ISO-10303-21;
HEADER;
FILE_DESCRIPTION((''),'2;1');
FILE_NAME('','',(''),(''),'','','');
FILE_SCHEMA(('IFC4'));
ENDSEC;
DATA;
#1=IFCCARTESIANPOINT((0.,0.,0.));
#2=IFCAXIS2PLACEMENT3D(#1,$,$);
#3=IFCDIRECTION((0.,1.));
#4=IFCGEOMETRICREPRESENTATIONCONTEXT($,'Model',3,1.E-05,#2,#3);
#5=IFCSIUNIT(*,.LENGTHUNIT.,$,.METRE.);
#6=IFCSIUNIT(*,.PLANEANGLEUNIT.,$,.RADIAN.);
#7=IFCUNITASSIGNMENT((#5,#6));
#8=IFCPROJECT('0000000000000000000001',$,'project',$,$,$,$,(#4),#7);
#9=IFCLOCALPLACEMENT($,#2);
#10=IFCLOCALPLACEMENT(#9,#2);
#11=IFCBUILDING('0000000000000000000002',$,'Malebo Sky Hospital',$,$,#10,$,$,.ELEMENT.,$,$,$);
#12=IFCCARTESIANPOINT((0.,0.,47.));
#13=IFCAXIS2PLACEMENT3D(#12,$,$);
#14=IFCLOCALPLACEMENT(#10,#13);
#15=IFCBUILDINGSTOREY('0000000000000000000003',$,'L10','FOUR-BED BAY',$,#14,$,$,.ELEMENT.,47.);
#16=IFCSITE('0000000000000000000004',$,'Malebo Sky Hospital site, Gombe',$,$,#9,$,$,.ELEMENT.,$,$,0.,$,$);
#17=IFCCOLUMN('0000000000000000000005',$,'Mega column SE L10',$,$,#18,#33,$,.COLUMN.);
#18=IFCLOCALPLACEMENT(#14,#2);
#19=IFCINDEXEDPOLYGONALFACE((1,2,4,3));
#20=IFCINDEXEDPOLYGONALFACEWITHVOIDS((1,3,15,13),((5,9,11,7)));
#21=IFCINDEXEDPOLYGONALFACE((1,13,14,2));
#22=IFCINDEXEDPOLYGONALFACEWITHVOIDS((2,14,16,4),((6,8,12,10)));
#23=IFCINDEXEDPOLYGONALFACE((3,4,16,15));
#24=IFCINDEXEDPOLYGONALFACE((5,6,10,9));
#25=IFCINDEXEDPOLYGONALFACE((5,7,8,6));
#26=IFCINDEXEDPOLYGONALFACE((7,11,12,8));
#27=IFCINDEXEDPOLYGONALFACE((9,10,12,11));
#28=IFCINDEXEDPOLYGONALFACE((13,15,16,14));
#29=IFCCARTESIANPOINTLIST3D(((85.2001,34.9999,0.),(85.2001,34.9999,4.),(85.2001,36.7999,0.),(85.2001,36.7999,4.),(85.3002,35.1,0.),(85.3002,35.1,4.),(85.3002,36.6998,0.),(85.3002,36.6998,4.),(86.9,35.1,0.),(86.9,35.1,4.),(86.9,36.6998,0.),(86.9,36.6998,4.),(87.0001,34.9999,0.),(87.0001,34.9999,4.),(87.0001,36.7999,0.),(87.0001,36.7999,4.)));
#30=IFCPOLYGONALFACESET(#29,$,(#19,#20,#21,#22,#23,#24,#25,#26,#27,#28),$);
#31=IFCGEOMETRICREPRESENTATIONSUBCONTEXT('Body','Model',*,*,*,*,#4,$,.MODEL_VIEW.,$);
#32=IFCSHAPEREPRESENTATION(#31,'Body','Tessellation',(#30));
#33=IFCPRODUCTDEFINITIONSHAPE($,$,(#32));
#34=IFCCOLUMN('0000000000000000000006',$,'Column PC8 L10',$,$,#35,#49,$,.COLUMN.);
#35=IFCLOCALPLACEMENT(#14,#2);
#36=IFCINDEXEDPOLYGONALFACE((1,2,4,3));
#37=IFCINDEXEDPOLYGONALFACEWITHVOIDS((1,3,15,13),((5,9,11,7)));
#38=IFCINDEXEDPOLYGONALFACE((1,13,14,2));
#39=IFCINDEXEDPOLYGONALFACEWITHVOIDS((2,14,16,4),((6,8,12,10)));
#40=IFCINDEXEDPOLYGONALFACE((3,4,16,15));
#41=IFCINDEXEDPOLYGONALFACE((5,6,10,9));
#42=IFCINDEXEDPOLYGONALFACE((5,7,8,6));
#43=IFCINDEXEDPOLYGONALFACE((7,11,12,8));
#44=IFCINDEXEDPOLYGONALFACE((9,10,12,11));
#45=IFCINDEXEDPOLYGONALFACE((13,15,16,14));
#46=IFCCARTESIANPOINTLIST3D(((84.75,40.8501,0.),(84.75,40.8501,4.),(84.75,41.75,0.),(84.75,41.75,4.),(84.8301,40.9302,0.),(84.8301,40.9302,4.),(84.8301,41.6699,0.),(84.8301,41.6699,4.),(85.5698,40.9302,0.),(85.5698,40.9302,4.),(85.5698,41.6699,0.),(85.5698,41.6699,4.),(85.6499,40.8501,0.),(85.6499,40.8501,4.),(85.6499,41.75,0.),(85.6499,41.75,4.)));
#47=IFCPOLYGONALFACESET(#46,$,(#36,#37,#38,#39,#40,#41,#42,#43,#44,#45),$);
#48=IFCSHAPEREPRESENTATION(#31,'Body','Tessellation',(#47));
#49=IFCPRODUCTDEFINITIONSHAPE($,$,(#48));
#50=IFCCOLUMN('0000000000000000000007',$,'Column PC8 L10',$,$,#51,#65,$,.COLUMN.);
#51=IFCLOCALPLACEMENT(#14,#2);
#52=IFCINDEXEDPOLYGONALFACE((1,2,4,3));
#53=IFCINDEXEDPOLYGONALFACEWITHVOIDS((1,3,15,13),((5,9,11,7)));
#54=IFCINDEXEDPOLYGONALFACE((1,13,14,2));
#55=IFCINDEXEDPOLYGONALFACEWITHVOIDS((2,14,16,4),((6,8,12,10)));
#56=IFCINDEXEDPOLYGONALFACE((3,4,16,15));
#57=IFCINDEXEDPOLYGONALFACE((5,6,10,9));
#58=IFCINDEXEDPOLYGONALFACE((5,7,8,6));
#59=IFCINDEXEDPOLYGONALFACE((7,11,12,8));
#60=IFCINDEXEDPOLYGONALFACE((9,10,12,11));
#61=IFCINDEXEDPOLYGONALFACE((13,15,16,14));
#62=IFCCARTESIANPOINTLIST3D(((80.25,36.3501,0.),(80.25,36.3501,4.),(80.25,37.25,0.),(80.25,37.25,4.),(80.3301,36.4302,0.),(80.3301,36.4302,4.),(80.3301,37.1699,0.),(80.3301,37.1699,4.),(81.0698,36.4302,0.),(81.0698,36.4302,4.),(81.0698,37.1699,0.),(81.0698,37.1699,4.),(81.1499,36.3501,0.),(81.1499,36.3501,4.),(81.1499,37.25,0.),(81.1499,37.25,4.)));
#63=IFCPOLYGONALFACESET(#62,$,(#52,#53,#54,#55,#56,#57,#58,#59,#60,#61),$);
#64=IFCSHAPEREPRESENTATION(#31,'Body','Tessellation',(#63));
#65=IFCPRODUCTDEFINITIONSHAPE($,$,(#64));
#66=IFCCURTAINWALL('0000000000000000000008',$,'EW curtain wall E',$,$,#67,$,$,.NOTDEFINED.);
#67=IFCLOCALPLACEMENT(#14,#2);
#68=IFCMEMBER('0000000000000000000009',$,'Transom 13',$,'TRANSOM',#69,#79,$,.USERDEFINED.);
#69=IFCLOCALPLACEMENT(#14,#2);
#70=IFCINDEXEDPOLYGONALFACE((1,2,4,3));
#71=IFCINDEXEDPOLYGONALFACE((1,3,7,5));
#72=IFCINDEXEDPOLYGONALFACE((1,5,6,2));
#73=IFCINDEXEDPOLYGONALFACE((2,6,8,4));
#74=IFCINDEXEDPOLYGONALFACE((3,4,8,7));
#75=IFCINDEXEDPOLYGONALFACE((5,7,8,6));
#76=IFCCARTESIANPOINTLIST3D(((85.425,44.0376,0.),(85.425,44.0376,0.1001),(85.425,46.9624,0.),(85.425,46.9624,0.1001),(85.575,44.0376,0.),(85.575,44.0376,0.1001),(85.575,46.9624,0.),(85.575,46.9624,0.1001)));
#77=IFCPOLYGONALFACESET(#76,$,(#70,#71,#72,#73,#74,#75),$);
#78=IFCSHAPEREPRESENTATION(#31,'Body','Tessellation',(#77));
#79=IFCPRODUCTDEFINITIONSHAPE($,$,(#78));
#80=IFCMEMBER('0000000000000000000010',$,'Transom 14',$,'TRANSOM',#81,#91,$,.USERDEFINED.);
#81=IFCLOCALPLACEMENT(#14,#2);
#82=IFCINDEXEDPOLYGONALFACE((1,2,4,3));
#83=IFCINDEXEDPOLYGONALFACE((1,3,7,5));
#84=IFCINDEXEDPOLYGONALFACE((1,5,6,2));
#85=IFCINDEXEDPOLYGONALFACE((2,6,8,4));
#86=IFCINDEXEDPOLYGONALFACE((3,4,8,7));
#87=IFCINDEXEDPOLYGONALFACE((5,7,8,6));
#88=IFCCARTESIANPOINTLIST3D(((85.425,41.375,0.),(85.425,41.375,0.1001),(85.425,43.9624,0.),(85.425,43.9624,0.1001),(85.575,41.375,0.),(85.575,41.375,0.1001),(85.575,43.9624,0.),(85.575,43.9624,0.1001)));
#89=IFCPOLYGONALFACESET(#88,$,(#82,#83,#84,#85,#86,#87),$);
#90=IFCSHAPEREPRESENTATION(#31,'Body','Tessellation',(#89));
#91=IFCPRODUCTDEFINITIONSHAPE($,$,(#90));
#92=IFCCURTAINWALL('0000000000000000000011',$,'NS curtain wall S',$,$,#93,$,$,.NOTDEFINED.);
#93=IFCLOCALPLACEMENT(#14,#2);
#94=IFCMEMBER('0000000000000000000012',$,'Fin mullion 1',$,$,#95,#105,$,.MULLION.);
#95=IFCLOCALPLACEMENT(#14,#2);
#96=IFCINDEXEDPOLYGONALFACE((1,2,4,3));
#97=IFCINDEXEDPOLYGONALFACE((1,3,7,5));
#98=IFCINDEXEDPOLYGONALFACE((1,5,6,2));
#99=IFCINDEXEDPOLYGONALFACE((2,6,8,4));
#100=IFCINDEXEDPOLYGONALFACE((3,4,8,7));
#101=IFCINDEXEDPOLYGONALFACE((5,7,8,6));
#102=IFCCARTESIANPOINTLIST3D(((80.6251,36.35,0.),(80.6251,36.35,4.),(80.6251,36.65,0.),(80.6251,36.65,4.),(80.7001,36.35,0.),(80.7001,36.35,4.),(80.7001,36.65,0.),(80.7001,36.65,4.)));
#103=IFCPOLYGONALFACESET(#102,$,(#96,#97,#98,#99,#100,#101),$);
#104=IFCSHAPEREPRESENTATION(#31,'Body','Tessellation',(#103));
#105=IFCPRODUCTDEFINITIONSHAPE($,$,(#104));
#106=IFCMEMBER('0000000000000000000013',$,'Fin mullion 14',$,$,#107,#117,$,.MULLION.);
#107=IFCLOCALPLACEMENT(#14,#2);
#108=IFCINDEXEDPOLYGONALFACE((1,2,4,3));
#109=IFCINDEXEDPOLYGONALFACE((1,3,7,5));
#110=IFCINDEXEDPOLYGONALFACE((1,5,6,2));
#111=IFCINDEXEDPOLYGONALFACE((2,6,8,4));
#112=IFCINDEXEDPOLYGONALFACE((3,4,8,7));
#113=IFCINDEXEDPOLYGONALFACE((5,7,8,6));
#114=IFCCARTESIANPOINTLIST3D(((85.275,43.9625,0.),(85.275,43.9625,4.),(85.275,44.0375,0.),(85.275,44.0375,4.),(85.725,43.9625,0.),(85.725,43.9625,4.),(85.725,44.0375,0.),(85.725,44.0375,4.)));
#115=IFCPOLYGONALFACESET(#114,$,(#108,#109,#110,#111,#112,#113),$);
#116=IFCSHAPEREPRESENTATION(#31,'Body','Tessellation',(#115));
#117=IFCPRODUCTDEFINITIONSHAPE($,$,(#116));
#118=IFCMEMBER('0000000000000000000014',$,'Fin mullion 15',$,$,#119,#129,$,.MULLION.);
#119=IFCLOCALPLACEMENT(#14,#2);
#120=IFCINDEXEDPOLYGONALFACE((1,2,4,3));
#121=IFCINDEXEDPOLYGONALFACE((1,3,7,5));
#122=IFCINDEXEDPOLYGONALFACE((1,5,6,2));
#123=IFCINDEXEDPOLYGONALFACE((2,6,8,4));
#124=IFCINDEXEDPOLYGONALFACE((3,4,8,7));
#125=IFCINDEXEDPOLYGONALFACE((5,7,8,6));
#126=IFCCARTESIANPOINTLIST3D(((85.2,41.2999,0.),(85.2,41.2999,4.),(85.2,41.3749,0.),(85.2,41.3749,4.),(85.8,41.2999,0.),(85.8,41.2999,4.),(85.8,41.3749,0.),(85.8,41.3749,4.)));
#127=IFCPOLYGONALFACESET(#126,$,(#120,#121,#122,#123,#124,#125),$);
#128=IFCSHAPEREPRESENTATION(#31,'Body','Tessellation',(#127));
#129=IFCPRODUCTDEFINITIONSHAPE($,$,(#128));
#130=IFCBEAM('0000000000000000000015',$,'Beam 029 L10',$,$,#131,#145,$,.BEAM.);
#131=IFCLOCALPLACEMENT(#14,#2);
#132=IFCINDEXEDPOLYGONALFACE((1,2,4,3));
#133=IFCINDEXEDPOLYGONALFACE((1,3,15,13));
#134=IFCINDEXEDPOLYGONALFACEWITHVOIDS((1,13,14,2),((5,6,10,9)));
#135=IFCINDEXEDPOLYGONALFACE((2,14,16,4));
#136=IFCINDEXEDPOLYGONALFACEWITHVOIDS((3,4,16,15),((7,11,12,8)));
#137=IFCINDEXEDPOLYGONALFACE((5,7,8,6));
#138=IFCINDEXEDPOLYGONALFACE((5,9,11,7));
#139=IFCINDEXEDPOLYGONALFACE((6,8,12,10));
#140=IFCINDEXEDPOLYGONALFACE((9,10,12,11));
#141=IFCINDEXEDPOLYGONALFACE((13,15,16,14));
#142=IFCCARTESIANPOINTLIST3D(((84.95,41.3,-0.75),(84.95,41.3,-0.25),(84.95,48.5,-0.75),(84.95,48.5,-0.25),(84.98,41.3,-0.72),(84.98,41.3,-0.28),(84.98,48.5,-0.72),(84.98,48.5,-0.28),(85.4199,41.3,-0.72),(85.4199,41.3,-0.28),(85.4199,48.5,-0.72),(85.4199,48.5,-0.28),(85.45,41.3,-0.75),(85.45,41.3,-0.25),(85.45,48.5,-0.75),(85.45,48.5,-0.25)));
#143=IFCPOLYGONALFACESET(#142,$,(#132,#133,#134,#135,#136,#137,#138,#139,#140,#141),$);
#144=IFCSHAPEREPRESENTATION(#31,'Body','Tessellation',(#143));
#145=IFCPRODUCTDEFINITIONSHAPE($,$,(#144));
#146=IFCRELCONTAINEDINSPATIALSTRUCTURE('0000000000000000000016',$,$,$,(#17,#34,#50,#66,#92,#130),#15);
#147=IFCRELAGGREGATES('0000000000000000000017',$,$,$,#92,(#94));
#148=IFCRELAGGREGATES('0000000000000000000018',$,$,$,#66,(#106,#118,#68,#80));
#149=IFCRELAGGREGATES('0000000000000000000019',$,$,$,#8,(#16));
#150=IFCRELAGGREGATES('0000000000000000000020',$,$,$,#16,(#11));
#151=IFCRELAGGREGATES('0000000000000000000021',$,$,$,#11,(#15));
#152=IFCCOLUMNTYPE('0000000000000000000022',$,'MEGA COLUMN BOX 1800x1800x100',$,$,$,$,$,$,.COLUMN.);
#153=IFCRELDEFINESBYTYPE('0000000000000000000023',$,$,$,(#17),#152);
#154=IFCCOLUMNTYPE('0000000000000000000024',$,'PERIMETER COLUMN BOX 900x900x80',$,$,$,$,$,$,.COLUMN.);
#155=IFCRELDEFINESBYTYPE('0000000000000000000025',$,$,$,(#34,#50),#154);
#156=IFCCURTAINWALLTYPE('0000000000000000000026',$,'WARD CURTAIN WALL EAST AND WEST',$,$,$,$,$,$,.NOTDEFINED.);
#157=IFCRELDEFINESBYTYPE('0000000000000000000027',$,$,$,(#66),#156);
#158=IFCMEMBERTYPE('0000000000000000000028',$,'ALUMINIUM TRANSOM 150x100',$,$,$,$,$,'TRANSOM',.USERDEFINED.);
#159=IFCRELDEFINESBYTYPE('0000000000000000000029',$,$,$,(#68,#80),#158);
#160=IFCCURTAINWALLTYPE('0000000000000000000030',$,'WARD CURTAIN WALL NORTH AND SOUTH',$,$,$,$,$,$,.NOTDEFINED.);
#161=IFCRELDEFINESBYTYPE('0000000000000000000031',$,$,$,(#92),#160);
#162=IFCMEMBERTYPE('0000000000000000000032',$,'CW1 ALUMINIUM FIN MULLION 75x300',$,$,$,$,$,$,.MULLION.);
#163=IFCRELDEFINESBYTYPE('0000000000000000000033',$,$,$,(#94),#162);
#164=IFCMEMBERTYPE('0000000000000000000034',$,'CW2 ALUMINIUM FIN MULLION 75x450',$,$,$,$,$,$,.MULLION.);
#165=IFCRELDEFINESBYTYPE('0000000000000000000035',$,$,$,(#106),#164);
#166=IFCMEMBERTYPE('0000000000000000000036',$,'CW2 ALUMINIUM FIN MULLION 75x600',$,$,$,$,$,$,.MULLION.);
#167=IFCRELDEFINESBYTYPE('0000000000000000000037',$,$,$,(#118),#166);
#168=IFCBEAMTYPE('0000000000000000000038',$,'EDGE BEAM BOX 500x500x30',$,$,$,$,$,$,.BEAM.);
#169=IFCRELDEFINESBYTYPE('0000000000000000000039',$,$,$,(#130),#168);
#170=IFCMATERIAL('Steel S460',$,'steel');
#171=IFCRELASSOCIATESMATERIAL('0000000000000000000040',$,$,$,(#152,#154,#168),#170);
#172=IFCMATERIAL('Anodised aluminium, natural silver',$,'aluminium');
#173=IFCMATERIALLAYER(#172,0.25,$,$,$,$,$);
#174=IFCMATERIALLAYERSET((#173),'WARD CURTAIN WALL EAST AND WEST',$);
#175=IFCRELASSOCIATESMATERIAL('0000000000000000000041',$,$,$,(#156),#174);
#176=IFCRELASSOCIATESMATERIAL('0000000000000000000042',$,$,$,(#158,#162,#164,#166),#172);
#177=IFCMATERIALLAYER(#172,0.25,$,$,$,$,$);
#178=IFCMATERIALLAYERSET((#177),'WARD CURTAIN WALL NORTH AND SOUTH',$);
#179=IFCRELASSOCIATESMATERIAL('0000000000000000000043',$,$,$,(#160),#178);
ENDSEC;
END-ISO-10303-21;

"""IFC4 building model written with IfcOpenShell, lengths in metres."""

from ifc_helpers import new_model, si_unit, direction, frame, origin, origin_2d, place, context, subcontext, project, spatial, rectangle, hollow_rectangle, extrude, material, layer, layer_set, material_profile, profile_set, type_object, element, aggregate, save


model = new_model("IFC4")

# Units and contexts
model_context = context("Model", 3, precision=1e-05, world=origin(), true_north=direction((0.0, 1.0)))
body_context = subcontext(model_context, "Body", "Model", "MODEL_VIEW")
ifc_project = project(units=[si_unit("LENGTHUNIT", "METRE"), si_unit("PLANEANGLEUNIT", "RADIAN")], contexts=[model_context])

# Site, building, storey
site_placement = place(None, origin())
site = spatial("IfcSite", under=ifc_project, at=site_placement, Name="Malebo Sky Hospital site, Gombe", CompositionType="ELEMENT", RefElevation=0.0)
building_placement = place(site_placement, origin())
building = spatial("IfcBuilding", under=site, at=building_placement, Name="Malebo Sky Hospital", CompositionType="ELEMENT")
storey_placement = place(building_placement, frame((0.0, 0.0, 47.0)))
storey = spatial("IfcBuildingStorey", under=building, at=storey_placement, Name="L10", Description="FOUR-BED BAY", CompositionType="ELEMENT", Elevation=47.0)

# Columns
ifc_material_1 = material(Name="Steel S460", Category="steel")
ifc_material_profile_1 = material_profile(ifc_material_1, hollow_rectangle(XDim=1.8, YDim=1.8, WallThickness=0.1001, at=origin_2d()), Name="BOX 1800x1800x100")
ifc_profile_set_1 = profile_set([ifc_material_profile_1], Name="Steel S460")
column_type_1 = type_object("IfcColumnType", Name="MEGA COLUMN BOX 1800x1800x100", PredefinedType="COLUMN", material=ifc_profile_set_1)
column_placement = place(storey_placement, frame((86.1001, 35.8999, 0.0), z_axis=(0.0, 0.0, 1.0), x_axis=(1.0, 0.0, 0.0)))
element("IfcColumn", 1, at=column_placement, inside=storey, type_object=column_type_1, Name="Mega column SE L10", PredefinedType="COLUMN", context=body_context, shape_type="SweptSolid", body=[
    extrude(hollow_rectangle(XDim=1.8, YDim=1.8, WallThickness=0.1001, at=origin_2d()), origin(), (0.0, 0.0, 1.0), 4.0),
])
ifc_material_profile_2 = material_profile(ifc_material_1, hollow_rectangle(XDim=0.8999, YDim=0.8999, WallThickness=0.0801, at=origin_2d()), Name="BOX 900x900x80")
ifc_profile_set_2 = profile_set([ifc_material_profile_2], Name="Steel S460")
column_type_2 = type_object("IfcColumnType", Name="PERIMETER COLUMN BOX 900x900x80", PredefinedType="COLUMN", material=ifc_profile_set_2)
for number, where, z_axis, x_axis, name in (
    (2, (85.2, 41.3, 0.0), (0.0, 0.0, 1.0), (1.0, 0.0, 0.0), "Column PC8 L10"),
    (3, (80.7, 36.8, 0.0), (0.0, 0.0, 1.0), (1.0, 0.0, 0.0), "Column PC8 L10"),
):
    element("IfcColumn", number, at=place(storey_placement, frame(where, z_axis=z_axis, x_axis=x_axis)), inside=storey, type_object=column_type_2, Name=name, PredefinedType="COLUMN", context=body_context, shape_type="SweptSolid", body=[
        extrude(hollow_rectangle(XDim=0.8999, YDim=0.8999, WallThickness=0.0801, at=origin_2d()), origin(), (0.0, 0.0, 1.0), 4.0),
    ])

# Curtain wall, members
ifc_material_2 = material(Name="Anodised aluminium, natural silver", Category="aluminium")
ifc_layer_1 = layer(ifc_material_2, 0.25)
ifc_layer_set_1 = layer_set([ifc_layer_1], Name="WARD CURTAIN WALL EAST AND WEST")
curtain_wall_type_1 = type_object("IfcCurtainWallType", Name="WARD CURTAIN WALL EAST AND WEST", PredefinedType="NOTDEFINED", material=ifc_layer_set_1)
curtain_wall_1_placement = place(storey_placement, origin())
curtain_wall_1 = element("IfcCurtainWall", 4, at=curtain_wall_1_placement, inside=storey, type_object=curtain_wall_type_1, Name="EW curtain wall E", PredefinedType="NOTDEFINED")
ifc_material_profile_3 = material_profile(ifc_material_2, rectangle(XDim=0.1499, YDim=0.1001, at=origin_2d()), Name="ALUMINIUM TRANSOM 150x100")
ifc_profile_set_3 = profile_set([ifc_material_profile_3], Name="Anodised aluminium, natural silver")
member_type_1 = type_object("IfcMemberType", Name="ALUMINIUM TRANSOM 150x100", ElementType="TRANSOM", PredefinedType="USERDEFINED", material=ifc_profile_set_3)
member_1_placement = place(storey_placement, frame((85.5, 46.9624, 0.05), z_axis=(0.0, -1.0, 0.0), x_axis=(1.0, 0.0, 0.0)))
member_1 = element("IfcMember", 5, at=member_1_placement, type_object=member_type_1, Name="Transom 13", ObjectType="TRANSOM", PredefinedType="USERDEFINED", context=body_context, shape_type="SweptSolid", body=[
    extrude(rectangle(XDim=0.1499, YDim=0.1001, at=origin_2d()), origin(), (0.0, 0.0, 1.0), 2.9248),
])
member_2_placement = place(storey_placement, frame((85.5, 43.9624, 0.05), z_axis=(0.0, -1.0, 0.0), x_axis=(1.0, 0.0, 0.0)))
member_2 = element("IfcMember", 6, at=member_2_placement, type_object=member_type_1, Name="Transom 14", ObjectType="TRANSOM", PredefinedType="USERDEFINED", context=body_context, shape_type="SweptSolid", body=[
    extrude(rectangle(XDim=0.1499, YDim=0.1001, at=origin_2d()), origin(), (0.0, 0.0, 1.0), 2.5874),
])

# Curtain wall, member
ifc_layer_2 = layer(ifc_material_2, 0.25)
ifc_layer_set_2 = layer_set([ifc_layer_2], Name="WARD CURTAIN WALL NORTH AND SOUTH")
curtain_wall_type_2 = type_object("IfcCurtainWallType", Name="WARD CURTAIN WALL NORTH AND SOUTH", PredefinedType="NOTDEFINED", material=ifc_layer_set_2)
curtain_wall_2_placement = place(storey_placement, origin())
curtain_wall_2 = element("IfcCurtainWall", 7, at=curtain_wall_2_placement, inside=storey, type_object=curtain_wall_type_2, Name="NS curtain wall S", PredefinedType="NOTDEFINED")
ifc_material_profile_4 = material_profile(ifc_material_2, rectangle(XDim=0.075, YDim=0.3, at=origin_2d()), Name="CW1 ALUMINIUM FIN MULLION 75x300")
ifc_profile_set_4 = profile_set([ifc_material_profile_4], Name="Anodised aluminium, natural silver")
member_type_2 = type_object("IfcMemberType", Name="CW1 ALUMINIUM FIN MULLION 75x300", PredefinedType="MULLION", material=ifc_profile_set_4)
member_3_placement = place(storey_placement, frame((80.6626, 36.5, 0.0), z_axis=(0.0, 0.0, 1.0), x_axis=(-1.0, 0.0, 0.0)))
member_3 = element("IfcMember", 8, at=member_3_placement, type_object=member_type_2, Name="Fin mullion 1", PredefinedType="MULLION", context=body_context, shape_type="SweptSolid", body=[
    extrude(rectangle(XDim=0.075, YDim=0.3, at=origin_2d()), origin(), (0.0, 0.0, 1.0), 4.0),
])
aggregate(curtain_wall_2, [member_3])

# Members
ifc_material_profile_5 = material_profile(ifc_material_2, rectangle(XDim=0.075, YDim=0.45, at=origin_2d()), Name="CW2 ALUMINIUM FIN MULLION 75x450")
ifc_profile_set_5 = profile_set([ifc_material_profile_5], Name="Anodised aluminium, natural silver")
member_type_3 = type_object("IfcMemberType", Name="CW2 ALUMINIUM FIN MULLION 75x450", PredefinedType="MULLION", material=ifc_profile_set_5)
member_4_placement = place(storey_placement, frame((85.5, 44.0, 0.0), z_axis=(0.0, 0.0, 1.0), x_axis=(0.0, -1.0, 0.0)))
member_4 = element("IfcMember", 9, at=member_4_placement, type_object=member_type_3, Name="Fin mullion 14", PredefinedType="MULLION", context=body_context, shape_type="SweptSolid", body=[
    extrude(rectangle(XDim=0.075, YDim=0.45, at=origin_2d()), origin(), (0.0, 0.0, 1.0), 4.0),
])
ifc_material_profile_6 = material_profile(ifc_material_2, rectangle(XDim=0.075, YDim=0.6001, at=origin_2d()), Name="CW2 ALUMINIUM FIN MULLION 75x600")
ifc_profile_set_6 = profile_set([ifc_material_profile_6], Name="Anodised aluminium, natural silver")
member_type_4 = type_object("IfcMemberType", Name="CW2 ALUMINIUM FIN MULLION 75x600", PredefinedType="MULLION", material=ifc_profile_set_6)
member_5_placement = place(storey_placement, frame((85.5, 41.3374, 0.0), z_axis=(0.0, 0.0, 1.0), x_axis=(0.0, -1.0, 0.0)))
member_5 = element("IfcMember", 10, at=member_5_placement, type_object=member_type_4, Name="Fin mullion 15", PredefinedType="MULLION", context=body_context, shape_type="SweptSolid", body=[
    extrude(rectangle(XDim=0.075, YDim=0.6001, at=origin_2d()), origin(), (0.0, 0.0, 1.0), 4.0),
])

# Beam
ifc_material_profile_7 = material_profile(ifc_material_1, hollow_rectangle(XDim=0.5, YDim=0.5, WallThickness=0.03, at=origin_2d()), Name="BOX 500x500x30")
ifc_profile_set_7 = profile_set([ifc_material_profile_7], Name="Steel S460")
beam_type_1 = type_object("IfcBeamType", Name="EDGE BEAM BOX 500x500x30", PredefinedType="BEAM", material=ifc_profile_set_7)
beam_1_placement = place(storey_placement, frame((85.2, 41.3, -0.5), z_axis=(0.0, 1.0, 0.0), x_axis=(-1.0, 0.0, 0.0)))
element("IfcBeam", 11, at=beam_1_placement, inside=storey, type_object=beam_type_1, Name="Beam 029 L10", PredefinedType="BEAM", context=body_context, shape_type="SweptSolid", body=[
    extrude(hollow_rectangle(XDim=0.5, YDim=0.5, WallThickness=0.03, at=origin_2d()), origin(), (0.0, 0.0, 1.0), 7.2),
])

aggregate(curtain_wall_1, [member_4, member_5, member_1, member_2])

save(model, "model.ifc")
